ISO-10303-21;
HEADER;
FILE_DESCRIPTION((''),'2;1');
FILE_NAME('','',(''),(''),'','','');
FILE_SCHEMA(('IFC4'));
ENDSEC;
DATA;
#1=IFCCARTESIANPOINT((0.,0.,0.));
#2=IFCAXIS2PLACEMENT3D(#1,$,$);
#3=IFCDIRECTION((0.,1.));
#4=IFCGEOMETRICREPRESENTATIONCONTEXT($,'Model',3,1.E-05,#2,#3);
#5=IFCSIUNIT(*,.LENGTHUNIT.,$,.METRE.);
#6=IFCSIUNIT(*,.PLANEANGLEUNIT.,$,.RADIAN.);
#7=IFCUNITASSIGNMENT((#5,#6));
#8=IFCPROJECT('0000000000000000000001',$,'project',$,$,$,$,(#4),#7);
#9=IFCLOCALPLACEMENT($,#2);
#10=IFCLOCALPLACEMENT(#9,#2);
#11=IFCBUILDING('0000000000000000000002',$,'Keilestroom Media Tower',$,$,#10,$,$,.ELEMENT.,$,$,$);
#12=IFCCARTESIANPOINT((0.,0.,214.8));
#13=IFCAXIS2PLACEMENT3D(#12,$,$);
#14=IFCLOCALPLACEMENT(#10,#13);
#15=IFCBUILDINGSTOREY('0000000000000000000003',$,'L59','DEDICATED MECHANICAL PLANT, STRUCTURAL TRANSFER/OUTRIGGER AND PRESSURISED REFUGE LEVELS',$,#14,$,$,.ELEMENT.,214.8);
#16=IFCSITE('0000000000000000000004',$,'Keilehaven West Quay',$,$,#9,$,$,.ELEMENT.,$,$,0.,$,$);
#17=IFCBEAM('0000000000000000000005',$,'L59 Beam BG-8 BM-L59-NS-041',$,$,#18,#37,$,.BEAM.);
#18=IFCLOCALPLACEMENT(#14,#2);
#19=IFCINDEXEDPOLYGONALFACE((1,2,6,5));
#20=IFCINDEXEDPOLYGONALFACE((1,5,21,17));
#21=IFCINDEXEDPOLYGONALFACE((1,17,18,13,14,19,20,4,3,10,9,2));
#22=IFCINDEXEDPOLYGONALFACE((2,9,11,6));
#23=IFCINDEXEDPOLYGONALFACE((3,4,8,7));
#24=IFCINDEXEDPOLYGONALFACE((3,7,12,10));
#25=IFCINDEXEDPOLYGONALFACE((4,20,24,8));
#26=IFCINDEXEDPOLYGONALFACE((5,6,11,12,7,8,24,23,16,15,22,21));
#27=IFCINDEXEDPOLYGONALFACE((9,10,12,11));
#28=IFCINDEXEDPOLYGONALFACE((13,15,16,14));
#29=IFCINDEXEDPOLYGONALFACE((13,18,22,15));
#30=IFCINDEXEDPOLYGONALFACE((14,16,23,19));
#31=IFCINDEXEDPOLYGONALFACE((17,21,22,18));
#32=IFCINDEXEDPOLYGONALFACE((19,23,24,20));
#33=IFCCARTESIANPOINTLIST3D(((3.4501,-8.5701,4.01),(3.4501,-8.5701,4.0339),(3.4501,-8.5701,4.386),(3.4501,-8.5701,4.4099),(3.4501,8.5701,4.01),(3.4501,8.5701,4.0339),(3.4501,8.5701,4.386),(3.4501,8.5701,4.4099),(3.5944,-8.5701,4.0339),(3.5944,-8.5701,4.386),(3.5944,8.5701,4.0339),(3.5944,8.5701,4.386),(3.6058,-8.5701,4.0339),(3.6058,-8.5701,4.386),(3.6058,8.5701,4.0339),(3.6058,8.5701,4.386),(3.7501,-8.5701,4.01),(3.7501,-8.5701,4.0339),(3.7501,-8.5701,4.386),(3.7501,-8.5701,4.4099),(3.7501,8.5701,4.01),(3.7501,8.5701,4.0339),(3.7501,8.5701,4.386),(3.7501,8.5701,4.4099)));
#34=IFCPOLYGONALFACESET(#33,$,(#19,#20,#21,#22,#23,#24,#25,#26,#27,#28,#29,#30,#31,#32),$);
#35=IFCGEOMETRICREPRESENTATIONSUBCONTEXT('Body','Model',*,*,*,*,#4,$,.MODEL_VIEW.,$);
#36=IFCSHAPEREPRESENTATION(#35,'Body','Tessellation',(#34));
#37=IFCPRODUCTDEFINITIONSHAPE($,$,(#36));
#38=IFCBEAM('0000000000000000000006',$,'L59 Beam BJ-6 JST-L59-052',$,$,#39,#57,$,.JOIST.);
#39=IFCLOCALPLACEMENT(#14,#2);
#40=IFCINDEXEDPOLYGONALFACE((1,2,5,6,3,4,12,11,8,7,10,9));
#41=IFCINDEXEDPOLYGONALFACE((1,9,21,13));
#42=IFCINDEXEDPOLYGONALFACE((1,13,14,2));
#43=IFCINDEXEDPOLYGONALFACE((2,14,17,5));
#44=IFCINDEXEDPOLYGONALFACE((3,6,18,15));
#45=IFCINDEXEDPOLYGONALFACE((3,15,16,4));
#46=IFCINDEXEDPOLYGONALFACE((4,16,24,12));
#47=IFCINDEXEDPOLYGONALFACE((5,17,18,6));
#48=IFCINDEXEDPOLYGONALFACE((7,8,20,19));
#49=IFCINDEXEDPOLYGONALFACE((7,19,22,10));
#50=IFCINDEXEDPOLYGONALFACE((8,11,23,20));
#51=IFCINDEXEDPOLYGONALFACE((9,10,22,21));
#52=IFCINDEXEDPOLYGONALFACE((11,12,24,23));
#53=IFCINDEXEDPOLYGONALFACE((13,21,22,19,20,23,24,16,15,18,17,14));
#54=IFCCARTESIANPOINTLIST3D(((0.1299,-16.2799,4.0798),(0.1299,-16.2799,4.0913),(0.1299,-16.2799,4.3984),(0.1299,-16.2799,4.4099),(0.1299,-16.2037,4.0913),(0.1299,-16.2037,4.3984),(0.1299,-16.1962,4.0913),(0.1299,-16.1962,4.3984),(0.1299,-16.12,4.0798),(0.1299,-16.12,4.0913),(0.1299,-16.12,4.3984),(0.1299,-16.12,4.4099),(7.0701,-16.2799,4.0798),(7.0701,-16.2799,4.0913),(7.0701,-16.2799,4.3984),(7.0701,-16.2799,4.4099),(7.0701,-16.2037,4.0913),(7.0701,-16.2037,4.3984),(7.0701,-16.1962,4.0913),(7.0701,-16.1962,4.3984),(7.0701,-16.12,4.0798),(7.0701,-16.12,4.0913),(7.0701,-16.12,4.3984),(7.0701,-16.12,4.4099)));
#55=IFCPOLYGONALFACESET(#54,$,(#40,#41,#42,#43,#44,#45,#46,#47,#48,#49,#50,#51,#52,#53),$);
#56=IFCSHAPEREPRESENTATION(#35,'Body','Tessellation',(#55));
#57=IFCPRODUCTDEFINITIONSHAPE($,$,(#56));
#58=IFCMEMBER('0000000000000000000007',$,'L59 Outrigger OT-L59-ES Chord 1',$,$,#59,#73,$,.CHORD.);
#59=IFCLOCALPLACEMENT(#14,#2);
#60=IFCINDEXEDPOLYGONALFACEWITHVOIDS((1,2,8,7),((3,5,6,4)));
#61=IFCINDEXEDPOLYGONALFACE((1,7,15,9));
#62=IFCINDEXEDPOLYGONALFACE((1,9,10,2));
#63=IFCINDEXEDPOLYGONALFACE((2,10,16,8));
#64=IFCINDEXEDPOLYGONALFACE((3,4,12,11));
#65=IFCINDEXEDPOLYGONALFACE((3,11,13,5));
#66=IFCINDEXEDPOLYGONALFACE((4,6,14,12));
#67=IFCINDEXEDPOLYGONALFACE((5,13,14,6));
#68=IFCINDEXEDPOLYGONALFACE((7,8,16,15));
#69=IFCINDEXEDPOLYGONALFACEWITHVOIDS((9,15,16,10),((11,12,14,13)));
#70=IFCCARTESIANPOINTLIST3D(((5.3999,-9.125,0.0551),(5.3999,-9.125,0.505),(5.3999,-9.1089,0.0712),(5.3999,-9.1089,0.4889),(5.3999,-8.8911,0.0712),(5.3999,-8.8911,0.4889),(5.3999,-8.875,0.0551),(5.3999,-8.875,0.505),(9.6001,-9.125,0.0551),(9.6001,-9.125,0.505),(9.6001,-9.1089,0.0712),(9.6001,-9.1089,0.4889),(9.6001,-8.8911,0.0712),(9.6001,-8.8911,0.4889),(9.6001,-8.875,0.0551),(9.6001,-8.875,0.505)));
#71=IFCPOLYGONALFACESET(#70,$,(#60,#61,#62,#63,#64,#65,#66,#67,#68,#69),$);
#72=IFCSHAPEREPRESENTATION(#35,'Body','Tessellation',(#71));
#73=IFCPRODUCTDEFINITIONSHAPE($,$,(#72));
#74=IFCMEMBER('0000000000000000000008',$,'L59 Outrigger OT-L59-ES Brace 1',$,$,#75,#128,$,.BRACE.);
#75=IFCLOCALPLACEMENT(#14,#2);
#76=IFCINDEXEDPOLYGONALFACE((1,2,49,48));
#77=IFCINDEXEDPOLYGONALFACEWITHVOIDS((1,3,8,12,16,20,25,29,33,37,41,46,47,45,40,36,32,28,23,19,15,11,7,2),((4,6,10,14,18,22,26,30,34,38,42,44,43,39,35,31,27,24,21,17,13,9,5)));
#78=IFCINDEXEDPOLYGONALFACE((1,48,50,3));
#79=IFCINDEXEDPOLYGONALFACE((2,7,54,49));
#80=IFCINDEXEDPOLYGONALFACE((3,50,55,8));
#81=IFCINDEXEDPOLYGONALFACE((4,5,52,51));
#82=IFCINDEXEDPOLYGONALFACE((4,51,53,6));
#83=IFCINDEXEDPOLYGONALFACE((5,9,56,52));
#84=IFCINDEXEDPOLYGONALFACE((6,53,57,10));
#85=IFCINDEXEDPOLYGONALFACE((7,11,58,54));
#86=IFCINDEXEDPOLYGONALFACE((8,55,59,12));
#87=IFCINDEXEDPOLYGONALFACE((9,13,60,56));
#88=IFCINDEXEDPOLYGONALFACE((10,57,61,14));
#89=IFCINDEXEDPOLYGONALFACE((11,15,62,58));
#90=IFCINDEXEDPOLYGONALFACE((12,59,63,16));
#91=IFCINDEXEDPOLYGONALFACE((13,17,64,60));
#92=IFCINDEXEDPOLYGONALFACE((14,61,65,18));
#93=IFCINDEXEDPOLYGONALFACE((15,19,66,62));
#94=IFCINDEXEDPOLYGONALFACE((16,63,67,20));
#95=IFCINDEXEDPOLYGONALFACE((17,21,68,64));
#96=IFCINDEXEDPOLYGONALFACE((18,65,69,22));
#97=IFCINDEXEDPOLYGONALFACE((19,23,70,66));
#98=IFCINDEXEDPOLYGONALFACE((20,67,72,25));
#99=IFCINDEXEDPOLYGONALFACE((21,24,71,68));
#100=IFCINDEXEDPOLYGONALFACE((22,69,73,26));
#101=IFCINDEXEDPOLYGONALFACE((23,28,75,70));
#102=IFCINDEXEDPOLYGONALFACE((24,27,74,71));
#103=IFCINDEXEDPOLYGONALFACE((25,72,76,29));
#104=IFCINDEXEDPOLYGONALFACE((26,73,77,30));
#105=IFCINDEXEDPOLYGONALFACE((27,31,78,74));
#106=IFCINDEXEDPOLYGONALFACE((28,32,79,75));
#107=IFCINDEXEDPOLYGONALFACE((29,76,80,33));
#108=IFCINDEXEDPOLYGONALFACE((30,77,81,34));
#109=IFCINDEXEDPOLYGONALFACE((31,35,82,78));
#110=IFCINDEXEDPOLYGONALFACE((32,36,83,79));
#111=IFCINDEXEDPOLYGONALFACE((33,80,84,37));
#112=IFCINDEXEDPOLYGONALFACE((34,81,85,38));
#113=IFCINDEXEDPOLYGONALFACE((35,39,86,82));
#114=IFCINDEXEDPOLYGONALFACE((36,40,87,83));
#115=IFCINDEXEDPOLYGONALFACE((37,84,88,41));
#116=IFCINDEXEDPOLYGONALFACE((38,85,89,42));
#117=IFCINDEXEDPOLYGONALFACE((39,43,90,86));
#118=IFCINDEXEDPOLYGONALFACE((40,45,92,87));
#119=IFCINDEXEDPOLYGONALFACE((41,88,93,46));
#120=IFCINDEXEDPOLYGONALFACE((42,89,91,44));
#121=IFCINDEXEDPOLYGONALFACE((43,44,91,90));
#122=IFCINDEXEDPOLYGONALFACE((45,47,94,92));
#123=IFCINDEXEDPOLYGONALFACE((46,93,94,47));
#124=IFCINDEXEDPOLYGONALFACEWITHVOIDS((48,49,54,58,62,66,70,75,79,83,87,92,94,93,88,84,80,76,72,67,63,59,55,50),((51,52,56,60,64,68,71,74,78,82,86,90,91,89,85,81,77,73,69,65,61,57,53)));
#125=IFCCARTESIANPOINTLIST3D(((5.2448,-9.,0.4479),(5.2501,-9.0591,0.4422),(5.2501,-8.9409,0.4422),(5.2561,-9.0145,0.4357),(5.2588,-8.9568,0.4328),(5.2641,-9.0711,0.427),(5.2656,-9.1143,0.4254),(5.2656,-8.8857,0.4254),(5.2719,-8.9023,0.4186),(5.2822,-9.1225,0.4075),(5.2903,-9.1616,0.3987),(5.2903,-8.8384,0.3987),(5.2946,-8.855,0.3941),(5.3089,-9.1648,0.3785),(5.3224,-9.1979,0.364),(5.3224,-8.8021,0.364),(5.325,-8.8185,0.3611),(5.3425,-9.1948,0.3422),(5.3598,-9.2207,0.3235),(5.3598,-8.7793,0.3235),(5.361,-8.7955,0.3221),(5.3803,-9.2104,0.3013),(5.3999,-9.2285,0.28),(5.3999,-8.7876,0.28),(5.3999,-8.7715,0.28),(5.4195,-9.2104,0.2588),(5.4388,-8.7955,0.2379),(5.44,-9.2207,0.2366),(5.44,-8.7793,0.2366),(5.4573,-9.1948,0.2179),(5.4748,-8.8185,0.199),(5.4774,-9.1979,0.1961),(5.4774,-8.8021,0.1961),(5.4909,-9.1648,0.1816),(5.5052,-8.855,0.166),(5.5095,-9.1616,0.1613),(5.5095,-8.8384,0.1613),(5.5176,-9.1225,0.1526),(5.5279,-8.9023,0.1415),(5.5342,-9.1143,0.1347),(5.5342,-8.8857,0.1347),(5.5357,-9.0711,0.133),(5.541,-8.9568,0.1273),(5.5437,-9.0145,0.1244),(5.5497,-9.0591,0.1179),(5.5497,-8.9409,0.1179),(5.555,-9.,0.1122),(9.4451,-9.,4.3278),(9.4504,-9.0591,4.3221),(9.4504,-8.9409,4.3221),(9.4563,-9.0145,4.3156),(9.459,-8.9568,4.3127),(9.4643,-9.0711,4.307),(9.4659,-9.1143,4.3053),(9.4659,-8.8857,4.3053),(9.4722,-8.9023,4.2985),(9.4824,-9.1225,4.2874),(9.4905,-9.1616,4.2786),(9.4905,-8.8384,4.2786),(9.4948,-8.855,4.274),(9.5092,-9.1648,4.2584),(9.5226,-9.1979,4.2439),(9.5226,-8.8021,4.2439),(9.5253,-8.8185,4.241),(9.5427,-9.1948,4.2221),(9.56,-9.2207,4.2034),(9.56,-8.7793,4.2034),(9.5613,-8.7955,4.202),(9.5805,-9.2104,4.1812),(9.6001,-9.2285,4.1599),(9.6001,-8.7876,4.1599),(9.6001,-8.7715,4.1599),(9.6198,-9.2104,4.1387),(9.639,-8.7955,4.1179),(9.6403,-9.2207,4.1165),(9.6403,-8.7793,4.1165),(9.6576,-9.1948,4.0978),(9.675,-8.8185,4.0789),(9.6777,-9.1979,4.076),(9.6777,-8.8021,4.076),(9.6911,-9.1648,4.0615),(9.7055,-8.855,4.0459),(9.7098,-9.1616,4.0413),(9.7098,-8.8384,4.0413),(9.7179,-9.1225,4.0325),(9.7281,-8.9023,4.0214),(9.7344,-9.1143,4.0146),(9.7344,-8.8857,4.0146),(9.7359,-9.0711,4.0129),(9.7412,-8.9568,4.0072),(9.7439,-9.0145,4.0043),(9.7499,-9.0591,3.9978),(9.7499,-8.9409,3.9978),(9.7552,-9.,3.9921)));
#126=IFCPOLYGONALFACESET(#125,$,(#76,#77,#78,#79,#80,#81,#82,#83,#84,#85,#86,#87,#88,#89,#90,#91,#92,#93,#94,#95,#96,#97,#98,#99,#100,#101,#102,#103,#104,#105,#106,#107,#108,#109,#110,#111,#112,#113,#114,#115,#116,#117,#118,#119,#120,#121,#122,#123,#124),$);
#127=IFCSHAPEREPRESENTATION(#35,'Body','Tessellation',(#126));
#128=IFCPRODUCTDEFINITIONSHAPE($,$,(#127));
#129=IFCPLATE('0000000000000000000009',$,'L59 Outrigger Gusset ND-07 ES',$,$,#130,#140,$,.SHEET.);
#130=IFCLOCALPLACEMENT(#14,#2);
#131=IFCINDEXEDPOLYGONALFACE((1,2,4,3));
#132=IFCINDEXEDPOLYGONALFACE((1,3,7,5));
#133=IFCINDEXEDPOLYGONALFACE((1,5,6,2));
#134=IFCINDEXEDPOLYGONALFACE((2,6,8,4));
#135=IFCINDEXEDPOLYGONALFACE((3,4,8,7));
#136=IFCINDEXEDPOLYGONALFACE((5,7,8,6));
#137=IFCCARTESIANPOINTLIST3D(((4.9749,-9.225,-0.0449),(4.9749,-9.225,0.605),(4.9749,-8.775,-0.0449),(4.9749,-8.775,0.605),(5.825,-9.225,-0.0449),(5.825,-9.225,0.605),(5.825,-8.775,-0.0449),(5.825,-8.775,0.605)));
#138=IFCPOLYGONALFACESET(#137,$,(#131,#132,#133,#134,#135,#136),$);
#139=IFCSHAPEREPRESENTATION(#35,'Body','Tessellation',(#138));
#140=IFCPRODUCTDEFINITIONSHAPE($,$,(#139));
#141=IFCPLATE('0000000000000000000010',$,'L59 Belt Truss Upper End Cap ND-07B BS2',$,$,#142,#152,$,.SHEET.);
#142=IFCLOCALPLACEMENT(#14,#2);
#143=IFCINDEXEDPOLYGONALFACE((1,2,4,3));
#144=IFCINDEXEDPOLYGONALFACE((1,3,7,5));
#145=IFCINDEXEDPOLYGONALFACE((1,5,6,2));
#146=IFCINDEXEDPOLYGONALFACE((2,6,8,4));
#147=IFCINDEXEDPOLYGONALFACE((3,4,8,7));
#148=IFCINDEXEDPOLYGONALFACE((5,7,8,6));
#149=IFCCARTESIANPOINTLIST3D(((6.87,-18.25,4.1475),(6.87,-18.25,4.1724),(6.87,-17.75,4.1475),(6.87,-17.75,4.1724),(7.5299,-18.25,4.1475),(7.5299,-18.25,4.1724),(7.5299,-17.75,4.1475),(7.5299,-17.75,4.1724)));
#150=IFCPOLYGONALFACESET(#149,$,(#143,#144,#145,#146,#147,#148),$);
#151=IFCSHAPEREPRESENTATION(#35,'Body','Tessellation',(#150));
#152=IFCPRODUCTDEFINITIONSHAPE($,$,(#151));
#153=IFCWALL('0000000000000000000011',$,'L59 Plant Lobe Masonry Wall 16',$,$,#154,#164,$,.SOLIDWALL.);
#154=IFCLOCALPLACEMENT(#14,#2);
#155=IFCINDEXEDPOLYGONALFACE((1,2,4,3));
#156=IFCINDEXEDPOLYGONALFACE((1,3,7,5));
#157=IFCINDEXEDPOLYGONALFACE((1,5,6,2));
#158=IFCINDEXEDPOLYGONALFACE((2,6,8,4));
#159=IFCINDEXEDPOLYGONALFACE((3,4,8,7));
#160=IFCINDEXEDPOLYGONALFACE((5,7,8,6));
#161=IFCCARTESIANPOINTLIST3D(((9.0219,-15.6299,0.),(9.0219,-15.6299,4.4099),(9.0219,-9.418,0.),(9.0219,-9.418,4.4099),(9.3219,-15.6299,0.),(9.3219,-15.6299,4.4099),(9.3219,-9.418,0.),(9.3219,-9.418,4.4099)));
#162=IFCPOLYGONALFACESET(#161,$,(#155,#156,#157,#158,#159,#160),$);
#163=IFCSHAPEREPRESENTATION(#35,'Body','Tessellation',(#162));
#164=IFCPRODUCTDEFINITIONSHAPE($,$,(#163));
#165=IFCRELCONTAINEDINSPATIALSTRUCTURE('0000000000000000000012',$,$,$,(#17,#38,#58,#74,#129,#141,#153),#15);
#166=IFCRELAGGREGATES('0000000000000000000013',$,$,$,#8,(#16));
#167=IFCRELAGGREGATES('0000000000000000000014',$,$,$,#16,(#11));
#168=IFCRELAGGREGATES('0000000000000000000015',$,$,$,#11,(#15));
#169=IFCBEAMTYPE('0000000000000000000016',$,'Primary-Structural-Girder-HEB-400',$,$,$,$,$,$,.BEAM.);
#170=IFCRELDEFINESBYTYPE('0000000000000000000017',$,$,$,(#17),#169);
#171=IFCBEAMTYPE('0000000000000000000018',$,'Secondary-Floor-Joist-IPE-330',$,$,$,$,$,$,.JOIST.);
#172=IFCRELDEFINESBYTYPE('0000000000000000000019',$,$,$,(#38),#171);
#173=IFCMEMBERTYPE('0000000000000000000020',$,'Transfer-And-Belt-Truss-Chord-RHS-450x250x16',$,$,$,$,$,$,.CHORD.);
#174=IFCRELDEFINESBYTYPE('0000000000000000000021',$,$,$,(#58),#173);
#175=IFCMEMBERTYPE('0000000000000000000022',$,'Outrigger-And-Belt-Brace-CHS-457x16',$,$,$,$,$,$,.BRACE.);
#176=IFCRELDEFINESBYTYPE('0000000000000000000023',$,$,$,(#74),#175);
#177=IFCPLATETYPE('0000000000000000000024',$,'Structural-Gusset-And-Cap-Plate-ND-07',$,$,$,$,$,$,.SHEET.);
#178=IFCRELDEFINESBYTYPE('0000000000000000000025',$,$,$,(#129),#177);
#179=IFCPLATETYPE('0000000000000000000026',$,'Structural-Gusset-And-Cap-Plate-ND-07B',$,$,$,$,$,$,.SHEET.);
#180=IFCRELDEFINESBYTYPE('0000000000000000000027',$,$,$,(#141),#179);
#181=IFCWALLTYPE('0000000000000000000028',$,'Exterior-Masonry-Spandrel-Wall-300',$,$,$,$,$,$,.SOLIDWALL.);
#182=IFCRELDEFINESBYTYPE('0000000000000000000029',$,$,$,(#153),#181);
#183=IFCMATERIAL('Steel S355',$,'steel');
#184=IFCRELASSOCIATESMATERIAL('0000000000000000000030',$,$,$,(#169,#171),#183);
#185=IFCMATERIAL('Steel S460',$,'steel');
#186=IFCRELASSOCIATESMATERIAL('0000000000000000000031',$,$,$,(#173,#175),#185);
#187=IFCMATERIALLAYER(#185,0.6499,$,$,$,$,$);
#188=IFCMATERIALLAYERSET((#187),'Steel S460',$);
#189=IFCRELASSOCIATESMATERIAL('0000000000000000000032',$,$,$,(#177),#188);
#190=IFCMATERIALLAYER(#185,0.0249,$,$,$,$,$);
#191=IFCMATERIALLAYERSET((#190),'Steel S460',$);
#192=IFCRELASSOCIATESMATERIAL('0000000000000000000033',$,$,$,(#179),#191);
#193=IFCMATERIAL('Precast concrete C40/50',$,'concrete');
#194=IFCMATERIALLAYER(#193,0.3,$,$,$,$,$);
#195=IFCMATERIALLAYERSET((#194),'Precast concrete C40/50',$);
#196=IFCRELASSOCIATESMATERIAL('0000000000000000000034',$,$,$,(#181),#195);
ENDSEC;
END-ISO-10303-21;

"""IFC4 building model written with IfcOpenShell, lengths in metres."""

from ifc_helpers import new_model, si_unit, direction, frame, frame_2d, origin, origin_2d, place, context, subcontext, project, spatial, rectangle, hollow_rectangle, hollow_circle, i_section, extrude, source, transform, mapped, material, layer, layer_set, material_profile, profile_set, type_object, element, save


model = new_model("IFC4")

# Units and contexts
model_context = context("Model", 3, precision=1e-05, world=origin(), true_north=direction((0.0, 1.0)))
body_context = subcontext(model_context, "Body", "Model", "MODEL_VIEW")
ifc_project = project(units=[si_unit("LENGTHUNIT", "METRE"), si_unit("PLANEANGLEUNIT", "RADIAN")], contexts=[model_context])

# Site, building, storey
site_placement = place(None, origin())
site = spatial("IfcSite", under=ifc_project, at=site_placement, Name="Keilehaven West Quay", CompositionType="ELEMENT", RefElevation=0.0)
building_placement = place(site_placement, origin())
building = spatial("IfcBuilding", under=site, at=building_placement, Name="Keilestroom Media Tower", CompositionType="ELEMENT")
storey_placement = place(building_placement, frame((0.0, 0.0, 214.8)))
storey = spatial("IfcBuildingStorey", under=building, at=storey_placement, Name="L59", Description="DEDICATED MECHANICAL PLANT, STRUCTURAL TRANSFER/OUTRIGGER AND PRESSURISED REFUGE LEVELS", CompositionType="ELEMENT", Elevation=214.8)

# Shared definitions
ifc_material_1 = material(Name="Steel S355", Category="steel")

# Beams
ifc_material_profile_1 = material_profile(ifc_material_1, i_section(OverallWidth=0.3, OverallDepth=0.3999, WebThickness=0.0115, FlangeThickness=0.0239, at=origin_2d()), Name="HEB 400")
ifc_profile_set_1 = profile_set([ifc_material_profile_1], Name="Steel S355")
beam_type_1 = type_object("IfcBeamType", Name="Primary-Structural-Girder-HEB-400", PredefinedType="BEAM", material=ifc_profile_set_1)
shared_shape_1 = source(origin(), body_context, "Body", "SweptSolid", [
    extrude(i_section(OverallWidth=0.3, OverallDepth=0.3999, WebThickness=0.0115, FlangeThickness=0.0239, at=origin_2d()), origin(), (0.0, 0.0, 1.0), 17.1401),
])
beam_1_placement = place(storey_placement, frame((3.6001, -8.5701, 4.21), z_axis=(0.0, 1.0, 0.0), x_axis=(-1.0, 0.0, 0.0)))
element("IfcBeam", 1, at=beam_1_placement, inside=storey, type_object=beam_type_1, Name="L59 Beam BG-8 BM-L59-NS-041", PredefinedType="BEAM", context=body_context, shape_type="MappedRepresentation", body=[
    mapped(shared_shape_1, transform((0.0, 0.0, 0.0), x_axis=(1.0, 0.0, 0.0), y_axis=(0.0, 1.0, 0.0), z_axis=(0.0, 0.0, 1.0), scale=1.0)),
])
ifc_material_profile_2 = material_profile(ifc_material_1, i_section(OverallWidth=0.1599, OverallDepth=0.3301, WebThickness=0.0076, FlangeThickness=0.0115, at=origin_2d()), Name="IPE 330")
ifc_profile_set_2 = profile_set([ifc_material_profile_2], Name="Steel S355")
beam_type_2 = type_object("IfcBeamType", Name="Secondary-Floor-Joist-IPE-330", PredefinedType="JOIST", material=ifc_profile_set_2)
shared_shape_2 = source(origin(), body_context, "Body", "SweptSolid", [
    extrude(i_section(OverallWidth=0.1599, OverallDepth=0.3301, WebThickness=0.0076, FlangeThickness=0.0115, at=origin_2d()), origin(), (0.0, 0.0, 1.0), 6.9402),
])
beam_2_placement = place(storey_placement, frame((0.1299, -16.2, 4.2449), z_axis=(1.0, 0.0, 0.0), x_axis=(0.0, 1.0, 0.0)))
element("IfcBeam", 2, at=beam_2_placement, inside=storey, type_object=beam_type_2, Name="L59 Beam BJ-6 JST-L59-052", PredefinedType="JOIST", context=body_context, shape_type="MappedRepresentation", body=[
    mapped(shared_shape_2, transform((0.0, 0.0, 0.0), x_axis=(1.0, 0.0, 0.0), y_axis=(0.0, 1.0, 0.0), z_axis=(0.0, 0.0, 1.0), scale=1.0)),
])

# Members
ifc_material_2 = material(Name="Steel S460", Category="steel")
ifc_material_profile_3 = material_profile(ifc_material_2, hollow_rectangle(XDim=0.25, YDim=0.45, WallThickness=0.0161, at=origin_2d()), Name="RHS 450x250x16")
ifc_profile_set_3 = profile_set([ifc_material_profile_3], Name="Steel S460")
member_type_1 = type_object("IfcMemberType", Name="Transfer-And-Belt-Truss-Chord-RHS-450x250x16", PredefinedType="CHORD", material=ifc_profile_set_3)
shared_shape_3 = source(origin(), body_context, "Body", "SweptSolid", [
    extrude(hollow_rectangle(XDim=0.25, YDim=0.45, WallThickness=0.0161, at=origin_2d()), origin(), (0.0, 0.0, 1.0), 4.2002),
])
member_1_placement = place(storey_placement, frame((5.3999, -9.0, 0.28), z_axis=(1.0, 0.0, 0.0), x_axis=(0.0, 1.0, 0.0)))
element("IfcMember", 3, at=member_1_placement, inside=storey, type_object=member_type_1, Name="L59 Outrigger OT-L59-ES Chord 1", PredefinedType="CHORD", context=body_context, shape_type="MappedRepresentation", body=[
    mapped(shared_shape_3, transform((0.0, 0.0, 0.0), x_axis=(1.0, 0.0, 0.0), y_axis=(0.0, 1.0, 0.0), z_axis=(0.0, 0.0, 1.0), scale=1.0)),
])
ifc_material_profile_4 = material_profile(ifc_material_2, hollow_circle(Radius=0.2285, WallThickness=0.0161, at=origin_2d()), Name="CHS 457x16")
ifc_profile_set_4 = profile_set([ifc_material_profile_4], Name="Steel S460")
member_type_2 = type_object("IfcMemberType", Name="Outrigger-And-Belt-Brace-CHS-457x16", PredefinedType="BRACE", material=ifc_profile_set_4)
shared_shape_4 = source(origin(), body_context, "Body", "SweptSolid", [
    extrude(hollow_circle(Radius=0.2285, WallThickness=0.0161, at=origin_2d()), origin(), (0.0, 0.0, 1.0), 5.718),
])
member_2_placement = place(storey_placement, frame((5.3999, -9.0, 0.28), z_axis=(0.734561, 0.0, 0.678543), x_axis=(0.0, 1.0, 0.0)))
element("IfcMember", 4, at=member_2_placement, inside=storey, type_object=member_type_2, Name="L59 Outrigger OT-L59-ES Brace 1", PredefinedType="BRACE", context=body_context, shape_type="MappedRepresentation", body=[
    mapped(shared_shape_4, transform((0.0, 0.0, 0.0), x_axis=(1.0, 0.0, 0.0), y_axis=(0.0, 1.0, 0.0), z_axis=(0.0, 0.0, 1.0), scale=1.0)),
])

# Plates
ifc_layer_1 = layer(ifc_material_2, 0.6499)
ifc_layer_set_1 = layer_set([ifc_layer_1], Name="Steel S460")
plate_type_1 = type_object("IfcPlateType", Name="Structural-Gusset-And-Cap-Plate-ND-07", PredefinedType="SHEET", material=ifc_layer_set_1)
shared_shape_5 = source(origin(), body_context, "Body", "SweptSolid", [
    extrude(rectangle(XDim=0.8501, YDim=0.45, at=origin_2d()), origin(), (0.0, 0.0, 1.0), 0.6499),
])
plate_1_placement = place(storey_placement, frame((5.3999, -9.0, -0.0449), z_axis=(0.0, 0.0, 1.0), x_axis=(1.0, 0.0, 0.0)))
element("IfcPlate", 5, at=plate_1_placement, inside=storey, type_object=plate_type_1, Name="L59 Outrigger Gusset ND-07 ES", PredefinedType="SHEET", context=body_context, shape_type="MappedRepresentation", body=[
    mapped(shared_shape_5, transform((0.0, 0.0, 0.0), x_axis=(1.0, 0.0, 0.0), y_axis=(0.0, 1.0, 0.0), z_axis=(0.0, 0.0, 1.0), scale=1.0)),
])
ifc_layer_2 = layer(ifc_material_2, 0.0249)
ifc_layer_set_2 = layer_set([ifc_layer_2], Name="Steel S460")
plate_type_2 = type_object("IfcPlateType", Name="Structural-Gusset-And-Cap-Plate-ND-07B", PredefinedType="SHEET", material=ifc_layer_set_2)
shared_shape_6 = source(origin(), body_context, "Body", "SweptSolid", [
    extrude(rectangle(XDim=0.6599, YDim=0.5, at=origin_2d()), origin(), (0.0, 0.0, 1.0), 0.0249),
])
plate_2_placement = place(storey_placement, frame((7.2, -18.0, 4.1475), z_axis=(0.0, 0.0, 1.0), x_axis=(1.0, 0.0, 0.0)))
element("IfcPlate", 6, at=plate_2_placement, inside=storey, type_object=plate_type_2, Name="L59 Belt Truss Upper End Cap ND-07B BS2", PredefinedType="SHEET", context=body_context, shape_type="MappedRepresentation", body=[
    mapped(shared_shape_6, transform((0.0, 0.0, 0.0), x_axis=(1.0, 0.0, 0.0), y_axis=(0.0, 1.0, 0.0), z_axis=(0.0, 0.0, 1.0), scale=1.0)),
])

# Wall
ifc_material_3 = material(Name="Precast concrete C40/50", Category="concrete")
ifc_layer_3 = layer(ifc_material_3, 0.3)
ifc_layer_set_3 = layer_set([ifc_layer_3], Name="Precast concrete C40/50")
wall_type_1 = type_object("IfcWallType", Name="Exterior-Masonry-Spandrel-Wall-300", PredefinedType="SOLIDWALL", material=ifc_layer_set_3)
wall_1_placement = place(storey_placement, frame((9.1719, -15.6299, 0.0), z_axis=(0.0, 0.0, 1.0), x_axis=(0.0, 1.0, 0.0)))
element("IfcWall", 7, at=wall_1_placement, inside=storey, type_object=wall_type_1, Name="L59 Plant Lobe Masonry Wall 16", PredefinedType="SOLIDWALL", context=body_context, shape_type="SweptSolid", body=[
    extrude(rectangle(XDim=6.2119, YDim=0.3, at=frame_2d((3.106, 0.0))), origin(), (0.0, 0.0, 1.0), 4.4099),
])

save(model, "model.ifc")
